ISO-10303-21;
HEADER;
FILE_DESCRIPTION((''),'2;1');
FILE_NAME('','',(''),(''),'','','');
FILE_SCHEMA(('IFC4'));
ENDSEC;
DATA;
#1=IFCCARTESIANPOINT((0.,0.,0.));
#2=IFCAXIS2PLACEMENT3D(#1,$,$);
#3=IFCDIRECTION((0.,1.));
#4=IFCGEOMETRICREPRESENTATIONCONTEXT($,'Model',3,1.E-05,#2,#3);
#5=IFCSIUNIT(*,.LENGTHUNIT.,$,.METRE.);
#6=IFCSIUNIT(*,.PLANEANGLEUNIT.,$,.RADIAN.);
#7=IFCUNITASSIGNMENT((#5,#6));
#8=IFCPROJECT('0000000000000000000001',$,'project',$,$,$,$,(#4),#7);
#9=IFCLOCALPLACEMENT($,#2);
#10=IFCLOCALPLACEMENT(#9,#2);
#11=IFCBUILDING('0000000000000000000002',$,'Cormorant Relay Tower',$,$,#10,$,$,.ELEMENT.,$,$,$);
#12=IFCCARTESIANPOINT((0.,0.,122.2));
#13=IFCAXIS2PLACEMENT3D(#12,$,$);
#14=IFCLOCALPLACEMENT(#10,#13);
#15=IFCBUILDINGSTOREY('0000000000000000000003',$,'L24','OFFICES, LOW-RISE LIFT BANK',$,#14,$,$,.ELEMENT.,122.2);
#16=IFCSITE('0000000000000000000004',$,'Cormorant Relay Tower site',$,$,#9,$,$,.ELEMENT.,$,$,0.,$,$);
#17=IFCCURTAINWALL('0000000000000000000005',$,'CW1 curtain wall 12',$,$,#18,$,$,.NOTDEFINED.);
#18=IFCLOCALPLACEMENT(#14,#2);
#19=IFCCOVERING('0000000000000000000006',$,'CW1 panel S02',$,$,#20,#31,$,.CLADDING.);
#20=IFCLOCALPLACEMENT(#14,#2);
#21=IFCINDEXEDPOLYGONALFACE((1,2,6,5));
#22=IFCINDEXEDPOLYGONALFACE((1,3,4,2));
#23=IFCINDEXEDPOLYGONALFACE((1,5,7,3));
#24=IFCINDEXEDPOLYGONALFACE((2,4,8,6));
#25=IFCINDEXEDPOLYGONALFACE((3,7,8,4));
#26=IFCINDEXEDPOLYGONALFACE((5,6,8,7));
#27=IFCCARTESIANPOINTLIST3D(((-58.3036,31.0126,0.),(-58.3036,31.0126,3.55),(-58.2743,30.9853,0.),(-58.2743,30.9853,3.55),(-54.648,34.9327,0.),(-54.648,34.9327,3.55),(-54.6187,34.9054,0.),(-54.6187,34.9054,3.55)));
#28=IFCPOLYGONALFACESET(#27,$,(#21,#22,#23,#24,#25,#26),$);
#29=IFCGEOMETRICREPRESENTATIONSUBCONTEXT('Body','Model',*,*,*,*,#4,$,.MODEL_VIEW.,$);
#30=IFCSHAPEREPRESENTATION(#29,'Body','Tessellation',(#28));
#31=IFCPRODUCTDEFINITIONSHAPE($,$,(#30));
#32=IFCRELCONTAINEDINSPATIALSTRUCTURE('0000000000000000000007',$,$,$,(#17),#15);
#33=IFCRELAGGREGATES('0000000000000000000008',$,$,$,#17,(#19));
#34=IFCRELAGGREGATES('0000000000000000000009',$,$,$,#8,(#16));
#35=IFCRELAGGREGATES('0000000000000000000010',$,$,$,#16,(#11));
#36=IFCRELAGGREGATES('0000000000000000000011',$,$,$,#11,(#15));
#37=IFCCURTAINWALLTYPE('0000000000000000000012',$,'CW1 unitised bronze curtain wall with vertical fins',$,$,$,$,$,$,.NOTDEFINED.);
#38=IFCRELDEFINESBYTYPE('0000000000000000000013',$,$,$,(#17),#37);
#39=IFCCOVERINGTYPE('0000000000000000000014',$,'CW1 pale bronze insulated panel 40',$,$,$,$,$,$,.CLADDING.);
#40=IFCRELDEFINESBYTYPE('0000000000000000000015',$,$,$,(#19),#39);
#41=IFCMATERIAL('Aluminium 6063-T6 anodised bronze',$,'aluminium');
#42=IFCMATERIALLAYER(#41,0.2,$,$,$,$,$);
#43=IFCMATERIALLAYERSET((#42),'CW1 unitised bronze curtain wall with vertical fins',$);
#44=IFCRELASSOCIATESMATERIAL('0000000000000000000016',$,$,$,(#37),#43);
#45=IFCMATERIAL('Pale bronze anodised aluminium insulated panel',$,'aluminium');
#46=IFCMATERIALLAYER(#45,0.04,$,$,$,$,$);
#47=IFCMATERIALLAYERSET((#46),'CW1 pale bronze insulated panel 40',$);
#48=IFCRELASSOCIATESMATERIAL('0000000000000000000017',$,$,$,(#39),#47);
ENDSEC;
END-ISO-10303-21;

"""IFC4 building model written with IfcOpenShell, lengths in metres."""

from ifc_helpers import new_model, si_unit, direction, frame, origin, origin_2d, place, context, subcontext, project, spatial, rectangle, extrude, material, layer, layer_set, type_object, element, aggregate, save


model = new_model("IFC4")

# Units and contexts
model_context = context("Model", 3, precision=1e-05, world=origin(), true_north=direction((0.0, 1.0)))
body_context = subcontext(model_context, "Body", "Model", "MODEL_VIEW")
ifc_project = project(units=[si_unit("LENGTHUNIT", "METRE"), si_unit("PLANEANGLEUNIT", "RADIAN")], contexts=[model_context])

# Site, building, storey
site_placement = place(None, origin())
site = spatial("IfcSite", under=ifc_project, at=site_placement, Name="Cormorant Relay Tower site", CompositionType="ELEMENT", RefElevation=0.0)
building_placement = place(site_placement, origin())
building = spatial("IfcBuilding", under=site, at=building_placement, Name="Cormorant Relay Tower", CompositionType="ELEMENT")
storey_placement = place(building_placement, frame((0.0, 0.0, 122.2)))
storey = spatial("IfcBuildingStorey", under=building, at=storey_placement, Name="L24", Description="OFFICES, LOW-RISE LIFT BANK", CompositionType="ELEMENT", Elevation=122.2)

# Curtain wall
ifc_material_1 = material(Name="Aluminium 6063-T6 anodised bronze", Category="aluminium")
ifc_layer_1 = layer(ifc_material_1, 0.2)
ifc_layer_set_1 = layer_set([ifc_layer_1], Name="CW1 unitised bronze curtain wall with vertical fins")
curtain_wall_type = type_object("IfcCurtainWallType", Name="CW1 unitised bronze curtain wall with vertical fins", PredefinedType="NOTDEFINED", material=ifc_layer_set_1)
curtain_wall_1_placement = place(storey_placement, origin())
curtain_wall_1 = element("IfcCurtainWall", 1, at=curtain_wall_1_placement, inside=storey, type_object=curtain_wall_type, Name="CW1 curtain wall 12", PredefinedType="NOTDEFINED")

# Covering
ifc_material_2 = material(Name="Pale bronze anodised aluminium insulated panel", Category="aluminium")
ifc_layer_2 = layer(ifc_material_2, 0.04)
ifc_layer_set_2 = layer_set([ifc_layer_2], Name="CW1 pale bronze insulated panel 40")
covering_type = type_object("IfcCoveringType", Name="CW1 pale bronze insulated panel 40", PredefinedType="CLADDING", material=ifc_layer_set_2)
covering_1_placement = place(storey_placement, frame((-56.4612, 32.959, 0.0), z_axis=(0.0, 0.0, 1.0), x_axis=(-0.681998, -0.731354, 0.0)))
covering_1 = element("IfcCovering", 2, at=covering_1_placement, type_object=covering_type, Name="CW1 panel S02", PredefinedType="CLADDING", context=body_context, shape_type="SweptSolid", body=[
    extrude(rectangle(XDim=5.3601, YDim=0.04, at=origin_2d()), origin(), (0.0, 0.0, 1.0), 3.55),
])
aggregate(curtain_wall_1, [covering_1])

save(model, "model.ifc")
